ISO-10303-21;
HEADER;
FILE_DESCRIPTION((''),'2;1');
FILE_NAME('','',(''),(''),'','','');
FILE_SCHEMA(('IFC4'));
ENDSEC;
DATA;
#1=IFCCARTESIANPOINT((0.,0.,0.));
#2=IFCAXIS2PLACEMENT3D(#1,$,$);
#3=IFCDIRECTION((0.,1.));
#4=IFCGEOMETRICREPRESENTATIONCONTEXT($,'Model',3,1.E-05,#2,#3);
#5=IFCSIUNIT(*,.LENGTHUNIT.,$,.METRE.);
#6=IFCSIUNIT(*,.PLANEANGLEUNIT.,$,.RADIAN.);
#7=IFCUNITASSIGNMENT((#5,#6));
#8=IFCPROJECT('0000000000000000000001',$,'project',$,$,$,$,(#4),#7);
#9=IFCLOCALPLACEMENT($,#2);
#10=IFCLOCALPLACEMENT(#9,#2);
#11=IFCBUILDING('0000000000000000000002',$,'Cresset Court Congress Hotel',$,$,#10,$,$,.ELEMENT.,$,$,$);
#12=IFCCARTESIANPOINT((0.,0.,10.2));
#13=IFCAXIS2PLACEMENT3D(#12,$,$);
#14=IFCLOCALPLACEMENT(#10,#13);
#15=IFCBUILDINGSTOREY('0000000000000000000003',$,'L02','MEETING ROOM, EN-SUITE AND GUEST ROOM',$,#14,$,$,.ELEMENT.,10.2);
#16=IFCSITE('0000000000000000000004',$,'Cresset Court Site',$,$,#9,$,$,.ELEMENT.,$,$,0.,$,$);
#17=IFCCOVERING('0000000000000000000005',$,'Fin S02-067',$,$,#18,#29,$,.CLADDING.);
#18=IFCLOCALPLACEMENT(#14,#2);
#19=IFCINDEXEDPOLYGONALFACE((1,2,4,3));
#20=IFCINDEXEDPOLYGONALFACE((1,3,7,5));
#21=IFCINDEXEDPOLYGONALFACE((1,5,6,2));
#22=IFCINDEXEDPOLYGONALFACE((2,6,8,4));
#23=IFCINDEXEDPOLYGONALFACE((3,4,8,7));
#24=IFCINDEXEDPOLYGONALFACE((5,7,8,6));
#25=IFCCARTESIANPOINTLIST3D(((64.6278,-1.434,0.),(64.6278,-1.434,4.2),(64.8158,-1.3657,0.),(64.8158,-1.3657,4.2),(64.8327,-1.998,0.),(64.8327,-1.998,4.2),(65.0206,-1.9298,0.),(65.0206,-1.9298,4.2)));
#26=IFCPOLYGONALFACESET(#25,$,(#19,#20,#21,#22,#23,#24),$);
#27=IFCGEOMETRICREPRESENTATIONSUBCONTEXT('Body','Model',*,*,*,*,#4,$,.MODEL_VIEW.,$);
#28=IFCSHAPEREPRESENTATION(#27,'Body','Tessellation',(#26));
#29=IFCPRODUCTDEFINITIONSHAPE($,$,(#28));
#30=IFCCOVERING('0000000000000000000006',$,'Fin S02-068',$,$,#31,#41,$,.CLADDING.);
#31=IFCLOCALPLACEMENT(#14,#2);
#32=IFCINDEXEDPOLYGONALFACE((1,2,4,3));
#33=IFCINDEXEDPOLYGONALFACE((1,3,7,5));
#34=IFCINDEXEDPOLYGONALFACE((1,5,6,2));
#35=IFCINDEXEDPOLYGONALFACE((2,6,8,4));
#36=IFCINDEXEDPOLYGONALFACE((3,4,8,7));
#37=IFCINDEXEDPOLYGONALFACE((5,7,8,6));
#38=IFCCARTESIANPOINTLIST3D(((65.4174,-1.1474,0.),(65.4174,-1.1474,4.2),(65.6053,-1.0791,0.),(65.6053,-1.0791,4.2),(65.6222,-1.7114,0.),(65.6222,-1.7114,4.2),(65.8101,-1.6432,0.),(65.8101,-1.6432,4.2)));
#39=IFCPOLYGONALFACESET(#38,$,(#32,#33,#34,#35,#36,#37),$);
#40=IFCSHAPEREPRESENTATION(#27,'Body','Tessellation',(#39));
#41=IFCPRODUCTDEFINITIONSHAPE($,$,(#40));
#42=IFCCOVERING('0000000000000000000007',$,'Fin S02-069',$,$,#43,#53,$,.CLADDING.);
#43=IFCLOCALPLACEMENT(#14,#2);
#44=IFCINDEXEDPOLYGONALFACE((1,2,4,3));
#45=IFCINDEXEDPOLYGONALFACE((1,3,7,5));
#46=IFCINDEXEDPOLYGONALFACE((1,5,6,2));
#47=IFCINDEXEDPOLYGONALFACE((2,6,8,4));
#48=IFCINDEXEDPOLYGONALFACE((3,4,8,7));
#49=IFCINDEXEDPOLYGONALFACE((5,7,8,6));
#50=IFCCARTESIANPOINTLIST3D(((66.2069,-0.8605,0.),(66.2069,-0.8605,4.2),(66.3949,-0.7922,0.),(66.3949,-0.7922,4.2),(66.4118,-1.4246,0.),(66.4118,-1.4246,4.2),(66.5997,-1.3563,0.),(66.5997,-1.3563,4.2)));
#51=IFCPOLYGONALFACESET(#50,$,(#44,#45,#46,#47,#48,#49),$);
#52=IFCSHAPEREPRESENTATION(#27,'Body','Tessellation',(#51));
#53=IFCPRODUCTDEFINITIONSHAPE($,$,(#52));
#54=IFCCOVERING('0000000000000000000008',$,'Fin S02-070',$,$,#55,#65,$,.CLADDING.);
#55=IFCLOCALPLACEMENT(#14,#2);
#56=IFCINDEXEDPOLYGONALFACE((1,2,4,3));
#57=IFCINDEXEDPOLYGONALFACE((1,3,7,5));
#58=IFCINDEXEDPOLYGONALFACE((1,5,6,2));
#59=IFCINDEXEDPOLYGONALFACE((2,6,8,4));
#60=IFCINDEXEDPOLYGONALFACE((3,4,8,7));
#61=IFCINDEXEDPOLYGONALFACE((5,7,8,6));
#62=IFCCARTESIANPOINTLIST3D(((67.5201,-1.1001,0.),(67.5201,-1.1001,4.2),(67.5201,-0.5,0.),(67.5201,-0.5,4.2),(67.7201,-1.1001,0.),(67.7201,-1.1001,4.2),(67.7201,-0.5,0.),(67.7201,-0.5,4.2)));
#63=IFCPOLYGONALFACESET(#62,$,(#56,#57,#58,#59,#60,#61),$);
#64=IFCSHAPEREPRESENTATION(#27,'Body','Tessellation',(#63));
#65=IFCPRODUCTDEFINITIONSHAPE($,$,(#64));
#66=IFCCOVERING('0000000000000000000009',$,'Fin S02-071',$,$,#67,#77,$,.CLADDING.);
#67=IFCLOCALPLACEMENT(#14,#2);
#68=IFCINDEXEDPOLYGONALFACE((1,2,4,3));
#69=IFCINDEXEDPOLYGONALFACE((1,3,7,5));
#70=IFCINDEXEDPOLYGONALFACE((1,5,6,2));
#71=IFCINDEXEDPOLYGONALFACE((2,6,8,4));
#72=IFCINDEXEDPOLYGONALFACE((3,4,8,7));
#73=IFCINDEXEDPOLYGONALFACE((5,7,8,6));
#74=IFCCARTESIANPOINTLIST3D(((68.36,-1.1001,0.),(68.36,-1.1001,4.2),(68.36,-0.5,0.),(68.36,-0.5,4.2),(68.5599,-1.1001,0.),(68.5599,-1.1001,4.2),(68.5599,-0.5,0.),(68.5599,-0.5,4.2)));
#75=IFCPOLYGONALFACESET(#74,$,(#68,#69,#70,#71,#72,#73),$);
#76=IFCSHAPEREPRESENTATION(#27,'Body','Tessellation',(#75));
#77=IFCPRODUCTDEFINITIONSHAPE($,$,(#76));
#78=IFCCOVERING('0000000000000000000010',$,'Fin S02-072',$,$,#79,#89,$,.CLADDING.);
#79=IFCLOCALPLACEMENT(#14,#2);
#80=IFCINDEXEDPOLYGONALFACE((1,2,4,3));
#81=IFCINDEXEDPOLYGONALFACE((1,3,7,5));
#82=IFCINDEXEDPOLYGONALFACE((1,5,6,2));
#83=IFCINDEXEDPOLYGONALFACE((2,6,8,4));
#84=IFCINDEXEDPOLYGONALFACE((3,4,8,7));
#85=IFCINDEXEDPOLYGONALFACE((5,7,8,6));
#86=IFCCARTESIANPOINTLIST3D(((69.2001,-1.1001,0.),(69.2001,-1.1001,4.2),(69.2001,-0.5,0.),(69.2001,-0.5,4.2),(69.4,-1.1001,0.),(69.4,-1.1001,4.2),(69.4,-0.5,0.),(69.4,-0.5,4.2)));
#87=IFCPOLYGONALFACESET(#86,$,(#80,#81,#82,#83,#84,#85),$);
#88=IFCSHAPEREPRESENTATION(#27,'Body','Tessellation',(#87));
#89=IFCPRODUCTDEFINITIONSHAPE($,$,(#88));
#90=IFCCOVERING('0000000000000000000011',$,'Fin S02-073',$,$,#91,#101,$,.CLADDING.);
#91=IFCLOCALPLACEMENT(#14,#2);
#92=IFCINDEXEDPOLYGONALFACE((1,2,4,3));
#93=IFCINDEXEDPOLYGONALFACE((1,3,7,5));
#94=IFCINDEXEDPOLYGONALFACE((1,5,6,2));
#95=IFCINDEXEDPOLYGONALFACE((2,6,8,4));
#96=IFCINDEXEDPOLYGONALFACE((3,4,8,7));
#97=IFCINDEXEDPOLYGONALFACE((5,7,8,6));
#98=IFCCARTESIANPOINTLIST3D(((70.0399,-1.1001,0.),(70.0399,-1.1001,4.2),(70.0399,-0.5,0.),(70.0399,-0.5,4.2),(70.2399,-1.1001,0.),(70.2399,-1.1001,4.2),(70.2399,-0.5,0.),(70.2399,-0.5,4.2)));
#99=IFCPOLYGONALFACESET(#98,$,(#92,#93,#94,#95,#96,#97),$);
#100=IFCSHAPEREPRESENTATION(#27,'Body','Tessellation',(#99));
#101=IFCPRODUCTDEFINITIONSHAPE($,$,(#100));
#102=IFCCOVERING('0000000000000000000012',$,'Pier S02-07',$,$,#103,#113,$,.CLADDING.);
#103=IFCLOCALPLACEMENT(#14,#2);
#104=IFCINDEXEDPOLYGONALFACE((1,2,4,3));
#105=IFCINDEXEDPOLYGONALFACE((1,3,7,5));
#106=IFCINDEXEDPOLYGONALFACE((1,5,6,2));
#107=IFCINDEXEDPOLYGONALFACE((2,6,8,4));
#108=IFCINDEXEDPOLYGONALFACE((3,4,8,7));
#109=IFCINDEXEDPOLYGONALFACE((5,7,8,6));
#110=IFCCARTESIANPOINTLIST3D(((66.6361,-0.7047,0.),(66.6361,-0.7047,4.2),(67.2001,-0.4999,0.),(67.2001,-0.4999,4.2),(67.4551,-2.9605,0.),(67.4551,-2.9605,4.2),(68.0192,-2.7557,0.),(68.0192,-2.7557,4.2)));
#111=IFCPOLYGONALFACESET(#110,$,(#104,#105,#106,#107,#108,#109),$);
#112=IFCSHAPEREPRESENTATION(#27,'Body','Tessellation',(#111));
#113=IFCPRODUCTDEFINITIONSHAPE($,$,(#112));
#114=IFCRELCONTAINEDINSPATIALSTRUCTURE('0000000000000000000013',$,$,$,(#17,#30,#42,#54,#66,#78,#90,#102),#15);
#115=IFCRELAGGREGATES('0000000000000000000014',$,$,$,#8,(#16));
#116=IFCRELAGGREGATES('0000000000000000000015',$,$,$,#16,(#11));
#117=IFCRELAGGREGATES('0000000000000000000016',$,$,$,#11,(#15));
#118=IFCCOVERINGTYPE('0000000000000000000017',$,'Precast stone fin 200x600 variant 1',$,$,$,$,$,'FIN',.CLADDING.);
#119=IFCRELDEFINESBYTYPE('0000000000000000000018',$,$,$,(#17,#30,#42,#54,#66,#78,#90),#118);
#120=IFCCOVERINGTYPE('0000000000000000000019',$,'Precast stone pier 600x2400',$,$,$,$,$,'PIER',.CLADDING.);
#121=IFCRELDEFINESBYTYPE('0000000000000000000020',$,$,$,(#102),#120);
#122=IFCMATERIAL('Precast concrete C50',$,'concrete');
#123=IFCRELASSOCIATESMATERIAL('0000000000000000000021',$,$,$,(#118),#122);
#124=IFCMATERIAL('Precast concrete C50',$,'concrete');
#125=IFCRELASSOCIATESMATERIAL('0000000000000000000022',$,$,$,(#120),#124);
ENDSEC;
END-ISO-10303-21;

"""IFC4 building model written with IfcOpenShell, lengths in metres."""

from ifc_helpers import new_model, si_unit, direction, frame, origin, origin_2d, place, context, subcontext, project, spatial, rectangle, extrude, material, type_object, element, save


model = new_model("IFC4")

# Units and contexts
model_context = context("Model", 3, precision=1e-05, world=origin(), true_north=direction((0.0, 1.0)))
body_context = subcontext(model_context, "Body", "Model", "MODEL_VIEW")
ifc_project = project(units=[si_unit("LENGTHUNIT", "METRE"), si_unit("PLANEANGLEUNIT", "RADIAN")], contexts=[model_context])

# Site, building, storey
site_placement = place(None, origin())
site = spatial("IfcSite", under=ifc_project, at=site_placement, Name="Cresset Court Site", CompositionType="ELEMENT", RefElevation=0.0)
building_placement = place(site_placement, origin())
building = spatial("IfcBuilding", under=site, at=building_placement, Name="Cresset Court Congress Hotel", CompositionType="ELEMENT")
storey_placement = place(building_placement, frame((0.0, 0.0, 10.2)))
storey = spatial("IfcBuildingStorey", under=building, at=storey_placement, Name="L02", Description="MEETING ROOM, EN-SUITE AND GUEST ROOM", CompositionType="ELEMENT", Elevation=10.2)

# Coverings
ifc_material_1 = material(Name="Precast concrete C50", Category="concrete")
covering_type_1 = type_object("IfcCoveringType", Name="Precast stone fin 200x600 variant 1", ElementType="FIN", PredefinedType="CLADDING", material=ifc_material_1)
for number, where, z_axis, x_axis, name in (
    (1, (64.8242, -1.6819, 0.0), (0.0, 0.0, 1.0), (0.939957, 0.341293, 0.0), "Fin S02-067"),
    (2, (65.6138, -1.3953, 0.0), (0.0, 0.0, 1.0), (0.939957, 0.341293, 0.0), "Fin S02-068"),
    (3, (66.4033, -1.1084, 0.0), (0.0, 0.0, 1.0), (0.939957, 0.341293, 0.0), "Fin S02-069"),
    (4, (67.6201, -0.8, 0.0), (0.0, 0.0, 1.0), (1.0, 0.0, 0.0), "Fin S02-070"),
    (5, (68.46, -0.8, 0.0), (0.0, 0.0, 1.0), (1.0, 0.0, 0.0), "Fin S02-071"),
    (6, (69.3, -0.8, 0.0), (0.0, 0.0, 1.0), (1.0, 0.0, 0.0), "Fin S02-072"),
    (7, (70.1399, -0.8, 0.0), (0.0, 0.0, 1.0), (1.0, 0.0, 0.0), "Fin S02-073"),
):
    element("IfcCovering", number, at=place(storey_placement, frame(where, z_axis=z_axis, x_axis=x_axis)), inside=storey, type_object=covering_type_1, Name=name, PredefinedType="CLADDING", context=body_context, shape_type="SweptSolid", body=[
        extrude(rectangle(XDim=0.2, YDim=0.6001, at=origin_2d()), origin(), (0.0, 0.0, 1.0), 4.2),
    ])
ifc_material_2 = material(Name="Precast concrete C50", Category="concrete")
covering_type_2 = type_object("IfcCoveringType", Name="Precast stone pier 600x2400", ElementType="PIER", PredefinedType="CLADDING", material=ifc_material_2)
covering_placement = place(storey_placement, frame((67.3276, -1.7302, 0.0), z_axis=(0.0, 0.0, 1.0), x_axis=(0.939957, 0.341293, 0.0)))
element("IfcCovering", 8, at=covering_placement, inside=storey, type_object=covering_type_2, Name="Pier S02-07", PredefinedType="CLADDING", context=body_context, shape_type="SweptSolid", body=[
    extrude(rectangle(XDim=0.6001, YDim=2.3999, at=origin_2d()), origin(), (0.0, 0.0, 1.0), 4.2),
])

save(model, "model.ifc")
